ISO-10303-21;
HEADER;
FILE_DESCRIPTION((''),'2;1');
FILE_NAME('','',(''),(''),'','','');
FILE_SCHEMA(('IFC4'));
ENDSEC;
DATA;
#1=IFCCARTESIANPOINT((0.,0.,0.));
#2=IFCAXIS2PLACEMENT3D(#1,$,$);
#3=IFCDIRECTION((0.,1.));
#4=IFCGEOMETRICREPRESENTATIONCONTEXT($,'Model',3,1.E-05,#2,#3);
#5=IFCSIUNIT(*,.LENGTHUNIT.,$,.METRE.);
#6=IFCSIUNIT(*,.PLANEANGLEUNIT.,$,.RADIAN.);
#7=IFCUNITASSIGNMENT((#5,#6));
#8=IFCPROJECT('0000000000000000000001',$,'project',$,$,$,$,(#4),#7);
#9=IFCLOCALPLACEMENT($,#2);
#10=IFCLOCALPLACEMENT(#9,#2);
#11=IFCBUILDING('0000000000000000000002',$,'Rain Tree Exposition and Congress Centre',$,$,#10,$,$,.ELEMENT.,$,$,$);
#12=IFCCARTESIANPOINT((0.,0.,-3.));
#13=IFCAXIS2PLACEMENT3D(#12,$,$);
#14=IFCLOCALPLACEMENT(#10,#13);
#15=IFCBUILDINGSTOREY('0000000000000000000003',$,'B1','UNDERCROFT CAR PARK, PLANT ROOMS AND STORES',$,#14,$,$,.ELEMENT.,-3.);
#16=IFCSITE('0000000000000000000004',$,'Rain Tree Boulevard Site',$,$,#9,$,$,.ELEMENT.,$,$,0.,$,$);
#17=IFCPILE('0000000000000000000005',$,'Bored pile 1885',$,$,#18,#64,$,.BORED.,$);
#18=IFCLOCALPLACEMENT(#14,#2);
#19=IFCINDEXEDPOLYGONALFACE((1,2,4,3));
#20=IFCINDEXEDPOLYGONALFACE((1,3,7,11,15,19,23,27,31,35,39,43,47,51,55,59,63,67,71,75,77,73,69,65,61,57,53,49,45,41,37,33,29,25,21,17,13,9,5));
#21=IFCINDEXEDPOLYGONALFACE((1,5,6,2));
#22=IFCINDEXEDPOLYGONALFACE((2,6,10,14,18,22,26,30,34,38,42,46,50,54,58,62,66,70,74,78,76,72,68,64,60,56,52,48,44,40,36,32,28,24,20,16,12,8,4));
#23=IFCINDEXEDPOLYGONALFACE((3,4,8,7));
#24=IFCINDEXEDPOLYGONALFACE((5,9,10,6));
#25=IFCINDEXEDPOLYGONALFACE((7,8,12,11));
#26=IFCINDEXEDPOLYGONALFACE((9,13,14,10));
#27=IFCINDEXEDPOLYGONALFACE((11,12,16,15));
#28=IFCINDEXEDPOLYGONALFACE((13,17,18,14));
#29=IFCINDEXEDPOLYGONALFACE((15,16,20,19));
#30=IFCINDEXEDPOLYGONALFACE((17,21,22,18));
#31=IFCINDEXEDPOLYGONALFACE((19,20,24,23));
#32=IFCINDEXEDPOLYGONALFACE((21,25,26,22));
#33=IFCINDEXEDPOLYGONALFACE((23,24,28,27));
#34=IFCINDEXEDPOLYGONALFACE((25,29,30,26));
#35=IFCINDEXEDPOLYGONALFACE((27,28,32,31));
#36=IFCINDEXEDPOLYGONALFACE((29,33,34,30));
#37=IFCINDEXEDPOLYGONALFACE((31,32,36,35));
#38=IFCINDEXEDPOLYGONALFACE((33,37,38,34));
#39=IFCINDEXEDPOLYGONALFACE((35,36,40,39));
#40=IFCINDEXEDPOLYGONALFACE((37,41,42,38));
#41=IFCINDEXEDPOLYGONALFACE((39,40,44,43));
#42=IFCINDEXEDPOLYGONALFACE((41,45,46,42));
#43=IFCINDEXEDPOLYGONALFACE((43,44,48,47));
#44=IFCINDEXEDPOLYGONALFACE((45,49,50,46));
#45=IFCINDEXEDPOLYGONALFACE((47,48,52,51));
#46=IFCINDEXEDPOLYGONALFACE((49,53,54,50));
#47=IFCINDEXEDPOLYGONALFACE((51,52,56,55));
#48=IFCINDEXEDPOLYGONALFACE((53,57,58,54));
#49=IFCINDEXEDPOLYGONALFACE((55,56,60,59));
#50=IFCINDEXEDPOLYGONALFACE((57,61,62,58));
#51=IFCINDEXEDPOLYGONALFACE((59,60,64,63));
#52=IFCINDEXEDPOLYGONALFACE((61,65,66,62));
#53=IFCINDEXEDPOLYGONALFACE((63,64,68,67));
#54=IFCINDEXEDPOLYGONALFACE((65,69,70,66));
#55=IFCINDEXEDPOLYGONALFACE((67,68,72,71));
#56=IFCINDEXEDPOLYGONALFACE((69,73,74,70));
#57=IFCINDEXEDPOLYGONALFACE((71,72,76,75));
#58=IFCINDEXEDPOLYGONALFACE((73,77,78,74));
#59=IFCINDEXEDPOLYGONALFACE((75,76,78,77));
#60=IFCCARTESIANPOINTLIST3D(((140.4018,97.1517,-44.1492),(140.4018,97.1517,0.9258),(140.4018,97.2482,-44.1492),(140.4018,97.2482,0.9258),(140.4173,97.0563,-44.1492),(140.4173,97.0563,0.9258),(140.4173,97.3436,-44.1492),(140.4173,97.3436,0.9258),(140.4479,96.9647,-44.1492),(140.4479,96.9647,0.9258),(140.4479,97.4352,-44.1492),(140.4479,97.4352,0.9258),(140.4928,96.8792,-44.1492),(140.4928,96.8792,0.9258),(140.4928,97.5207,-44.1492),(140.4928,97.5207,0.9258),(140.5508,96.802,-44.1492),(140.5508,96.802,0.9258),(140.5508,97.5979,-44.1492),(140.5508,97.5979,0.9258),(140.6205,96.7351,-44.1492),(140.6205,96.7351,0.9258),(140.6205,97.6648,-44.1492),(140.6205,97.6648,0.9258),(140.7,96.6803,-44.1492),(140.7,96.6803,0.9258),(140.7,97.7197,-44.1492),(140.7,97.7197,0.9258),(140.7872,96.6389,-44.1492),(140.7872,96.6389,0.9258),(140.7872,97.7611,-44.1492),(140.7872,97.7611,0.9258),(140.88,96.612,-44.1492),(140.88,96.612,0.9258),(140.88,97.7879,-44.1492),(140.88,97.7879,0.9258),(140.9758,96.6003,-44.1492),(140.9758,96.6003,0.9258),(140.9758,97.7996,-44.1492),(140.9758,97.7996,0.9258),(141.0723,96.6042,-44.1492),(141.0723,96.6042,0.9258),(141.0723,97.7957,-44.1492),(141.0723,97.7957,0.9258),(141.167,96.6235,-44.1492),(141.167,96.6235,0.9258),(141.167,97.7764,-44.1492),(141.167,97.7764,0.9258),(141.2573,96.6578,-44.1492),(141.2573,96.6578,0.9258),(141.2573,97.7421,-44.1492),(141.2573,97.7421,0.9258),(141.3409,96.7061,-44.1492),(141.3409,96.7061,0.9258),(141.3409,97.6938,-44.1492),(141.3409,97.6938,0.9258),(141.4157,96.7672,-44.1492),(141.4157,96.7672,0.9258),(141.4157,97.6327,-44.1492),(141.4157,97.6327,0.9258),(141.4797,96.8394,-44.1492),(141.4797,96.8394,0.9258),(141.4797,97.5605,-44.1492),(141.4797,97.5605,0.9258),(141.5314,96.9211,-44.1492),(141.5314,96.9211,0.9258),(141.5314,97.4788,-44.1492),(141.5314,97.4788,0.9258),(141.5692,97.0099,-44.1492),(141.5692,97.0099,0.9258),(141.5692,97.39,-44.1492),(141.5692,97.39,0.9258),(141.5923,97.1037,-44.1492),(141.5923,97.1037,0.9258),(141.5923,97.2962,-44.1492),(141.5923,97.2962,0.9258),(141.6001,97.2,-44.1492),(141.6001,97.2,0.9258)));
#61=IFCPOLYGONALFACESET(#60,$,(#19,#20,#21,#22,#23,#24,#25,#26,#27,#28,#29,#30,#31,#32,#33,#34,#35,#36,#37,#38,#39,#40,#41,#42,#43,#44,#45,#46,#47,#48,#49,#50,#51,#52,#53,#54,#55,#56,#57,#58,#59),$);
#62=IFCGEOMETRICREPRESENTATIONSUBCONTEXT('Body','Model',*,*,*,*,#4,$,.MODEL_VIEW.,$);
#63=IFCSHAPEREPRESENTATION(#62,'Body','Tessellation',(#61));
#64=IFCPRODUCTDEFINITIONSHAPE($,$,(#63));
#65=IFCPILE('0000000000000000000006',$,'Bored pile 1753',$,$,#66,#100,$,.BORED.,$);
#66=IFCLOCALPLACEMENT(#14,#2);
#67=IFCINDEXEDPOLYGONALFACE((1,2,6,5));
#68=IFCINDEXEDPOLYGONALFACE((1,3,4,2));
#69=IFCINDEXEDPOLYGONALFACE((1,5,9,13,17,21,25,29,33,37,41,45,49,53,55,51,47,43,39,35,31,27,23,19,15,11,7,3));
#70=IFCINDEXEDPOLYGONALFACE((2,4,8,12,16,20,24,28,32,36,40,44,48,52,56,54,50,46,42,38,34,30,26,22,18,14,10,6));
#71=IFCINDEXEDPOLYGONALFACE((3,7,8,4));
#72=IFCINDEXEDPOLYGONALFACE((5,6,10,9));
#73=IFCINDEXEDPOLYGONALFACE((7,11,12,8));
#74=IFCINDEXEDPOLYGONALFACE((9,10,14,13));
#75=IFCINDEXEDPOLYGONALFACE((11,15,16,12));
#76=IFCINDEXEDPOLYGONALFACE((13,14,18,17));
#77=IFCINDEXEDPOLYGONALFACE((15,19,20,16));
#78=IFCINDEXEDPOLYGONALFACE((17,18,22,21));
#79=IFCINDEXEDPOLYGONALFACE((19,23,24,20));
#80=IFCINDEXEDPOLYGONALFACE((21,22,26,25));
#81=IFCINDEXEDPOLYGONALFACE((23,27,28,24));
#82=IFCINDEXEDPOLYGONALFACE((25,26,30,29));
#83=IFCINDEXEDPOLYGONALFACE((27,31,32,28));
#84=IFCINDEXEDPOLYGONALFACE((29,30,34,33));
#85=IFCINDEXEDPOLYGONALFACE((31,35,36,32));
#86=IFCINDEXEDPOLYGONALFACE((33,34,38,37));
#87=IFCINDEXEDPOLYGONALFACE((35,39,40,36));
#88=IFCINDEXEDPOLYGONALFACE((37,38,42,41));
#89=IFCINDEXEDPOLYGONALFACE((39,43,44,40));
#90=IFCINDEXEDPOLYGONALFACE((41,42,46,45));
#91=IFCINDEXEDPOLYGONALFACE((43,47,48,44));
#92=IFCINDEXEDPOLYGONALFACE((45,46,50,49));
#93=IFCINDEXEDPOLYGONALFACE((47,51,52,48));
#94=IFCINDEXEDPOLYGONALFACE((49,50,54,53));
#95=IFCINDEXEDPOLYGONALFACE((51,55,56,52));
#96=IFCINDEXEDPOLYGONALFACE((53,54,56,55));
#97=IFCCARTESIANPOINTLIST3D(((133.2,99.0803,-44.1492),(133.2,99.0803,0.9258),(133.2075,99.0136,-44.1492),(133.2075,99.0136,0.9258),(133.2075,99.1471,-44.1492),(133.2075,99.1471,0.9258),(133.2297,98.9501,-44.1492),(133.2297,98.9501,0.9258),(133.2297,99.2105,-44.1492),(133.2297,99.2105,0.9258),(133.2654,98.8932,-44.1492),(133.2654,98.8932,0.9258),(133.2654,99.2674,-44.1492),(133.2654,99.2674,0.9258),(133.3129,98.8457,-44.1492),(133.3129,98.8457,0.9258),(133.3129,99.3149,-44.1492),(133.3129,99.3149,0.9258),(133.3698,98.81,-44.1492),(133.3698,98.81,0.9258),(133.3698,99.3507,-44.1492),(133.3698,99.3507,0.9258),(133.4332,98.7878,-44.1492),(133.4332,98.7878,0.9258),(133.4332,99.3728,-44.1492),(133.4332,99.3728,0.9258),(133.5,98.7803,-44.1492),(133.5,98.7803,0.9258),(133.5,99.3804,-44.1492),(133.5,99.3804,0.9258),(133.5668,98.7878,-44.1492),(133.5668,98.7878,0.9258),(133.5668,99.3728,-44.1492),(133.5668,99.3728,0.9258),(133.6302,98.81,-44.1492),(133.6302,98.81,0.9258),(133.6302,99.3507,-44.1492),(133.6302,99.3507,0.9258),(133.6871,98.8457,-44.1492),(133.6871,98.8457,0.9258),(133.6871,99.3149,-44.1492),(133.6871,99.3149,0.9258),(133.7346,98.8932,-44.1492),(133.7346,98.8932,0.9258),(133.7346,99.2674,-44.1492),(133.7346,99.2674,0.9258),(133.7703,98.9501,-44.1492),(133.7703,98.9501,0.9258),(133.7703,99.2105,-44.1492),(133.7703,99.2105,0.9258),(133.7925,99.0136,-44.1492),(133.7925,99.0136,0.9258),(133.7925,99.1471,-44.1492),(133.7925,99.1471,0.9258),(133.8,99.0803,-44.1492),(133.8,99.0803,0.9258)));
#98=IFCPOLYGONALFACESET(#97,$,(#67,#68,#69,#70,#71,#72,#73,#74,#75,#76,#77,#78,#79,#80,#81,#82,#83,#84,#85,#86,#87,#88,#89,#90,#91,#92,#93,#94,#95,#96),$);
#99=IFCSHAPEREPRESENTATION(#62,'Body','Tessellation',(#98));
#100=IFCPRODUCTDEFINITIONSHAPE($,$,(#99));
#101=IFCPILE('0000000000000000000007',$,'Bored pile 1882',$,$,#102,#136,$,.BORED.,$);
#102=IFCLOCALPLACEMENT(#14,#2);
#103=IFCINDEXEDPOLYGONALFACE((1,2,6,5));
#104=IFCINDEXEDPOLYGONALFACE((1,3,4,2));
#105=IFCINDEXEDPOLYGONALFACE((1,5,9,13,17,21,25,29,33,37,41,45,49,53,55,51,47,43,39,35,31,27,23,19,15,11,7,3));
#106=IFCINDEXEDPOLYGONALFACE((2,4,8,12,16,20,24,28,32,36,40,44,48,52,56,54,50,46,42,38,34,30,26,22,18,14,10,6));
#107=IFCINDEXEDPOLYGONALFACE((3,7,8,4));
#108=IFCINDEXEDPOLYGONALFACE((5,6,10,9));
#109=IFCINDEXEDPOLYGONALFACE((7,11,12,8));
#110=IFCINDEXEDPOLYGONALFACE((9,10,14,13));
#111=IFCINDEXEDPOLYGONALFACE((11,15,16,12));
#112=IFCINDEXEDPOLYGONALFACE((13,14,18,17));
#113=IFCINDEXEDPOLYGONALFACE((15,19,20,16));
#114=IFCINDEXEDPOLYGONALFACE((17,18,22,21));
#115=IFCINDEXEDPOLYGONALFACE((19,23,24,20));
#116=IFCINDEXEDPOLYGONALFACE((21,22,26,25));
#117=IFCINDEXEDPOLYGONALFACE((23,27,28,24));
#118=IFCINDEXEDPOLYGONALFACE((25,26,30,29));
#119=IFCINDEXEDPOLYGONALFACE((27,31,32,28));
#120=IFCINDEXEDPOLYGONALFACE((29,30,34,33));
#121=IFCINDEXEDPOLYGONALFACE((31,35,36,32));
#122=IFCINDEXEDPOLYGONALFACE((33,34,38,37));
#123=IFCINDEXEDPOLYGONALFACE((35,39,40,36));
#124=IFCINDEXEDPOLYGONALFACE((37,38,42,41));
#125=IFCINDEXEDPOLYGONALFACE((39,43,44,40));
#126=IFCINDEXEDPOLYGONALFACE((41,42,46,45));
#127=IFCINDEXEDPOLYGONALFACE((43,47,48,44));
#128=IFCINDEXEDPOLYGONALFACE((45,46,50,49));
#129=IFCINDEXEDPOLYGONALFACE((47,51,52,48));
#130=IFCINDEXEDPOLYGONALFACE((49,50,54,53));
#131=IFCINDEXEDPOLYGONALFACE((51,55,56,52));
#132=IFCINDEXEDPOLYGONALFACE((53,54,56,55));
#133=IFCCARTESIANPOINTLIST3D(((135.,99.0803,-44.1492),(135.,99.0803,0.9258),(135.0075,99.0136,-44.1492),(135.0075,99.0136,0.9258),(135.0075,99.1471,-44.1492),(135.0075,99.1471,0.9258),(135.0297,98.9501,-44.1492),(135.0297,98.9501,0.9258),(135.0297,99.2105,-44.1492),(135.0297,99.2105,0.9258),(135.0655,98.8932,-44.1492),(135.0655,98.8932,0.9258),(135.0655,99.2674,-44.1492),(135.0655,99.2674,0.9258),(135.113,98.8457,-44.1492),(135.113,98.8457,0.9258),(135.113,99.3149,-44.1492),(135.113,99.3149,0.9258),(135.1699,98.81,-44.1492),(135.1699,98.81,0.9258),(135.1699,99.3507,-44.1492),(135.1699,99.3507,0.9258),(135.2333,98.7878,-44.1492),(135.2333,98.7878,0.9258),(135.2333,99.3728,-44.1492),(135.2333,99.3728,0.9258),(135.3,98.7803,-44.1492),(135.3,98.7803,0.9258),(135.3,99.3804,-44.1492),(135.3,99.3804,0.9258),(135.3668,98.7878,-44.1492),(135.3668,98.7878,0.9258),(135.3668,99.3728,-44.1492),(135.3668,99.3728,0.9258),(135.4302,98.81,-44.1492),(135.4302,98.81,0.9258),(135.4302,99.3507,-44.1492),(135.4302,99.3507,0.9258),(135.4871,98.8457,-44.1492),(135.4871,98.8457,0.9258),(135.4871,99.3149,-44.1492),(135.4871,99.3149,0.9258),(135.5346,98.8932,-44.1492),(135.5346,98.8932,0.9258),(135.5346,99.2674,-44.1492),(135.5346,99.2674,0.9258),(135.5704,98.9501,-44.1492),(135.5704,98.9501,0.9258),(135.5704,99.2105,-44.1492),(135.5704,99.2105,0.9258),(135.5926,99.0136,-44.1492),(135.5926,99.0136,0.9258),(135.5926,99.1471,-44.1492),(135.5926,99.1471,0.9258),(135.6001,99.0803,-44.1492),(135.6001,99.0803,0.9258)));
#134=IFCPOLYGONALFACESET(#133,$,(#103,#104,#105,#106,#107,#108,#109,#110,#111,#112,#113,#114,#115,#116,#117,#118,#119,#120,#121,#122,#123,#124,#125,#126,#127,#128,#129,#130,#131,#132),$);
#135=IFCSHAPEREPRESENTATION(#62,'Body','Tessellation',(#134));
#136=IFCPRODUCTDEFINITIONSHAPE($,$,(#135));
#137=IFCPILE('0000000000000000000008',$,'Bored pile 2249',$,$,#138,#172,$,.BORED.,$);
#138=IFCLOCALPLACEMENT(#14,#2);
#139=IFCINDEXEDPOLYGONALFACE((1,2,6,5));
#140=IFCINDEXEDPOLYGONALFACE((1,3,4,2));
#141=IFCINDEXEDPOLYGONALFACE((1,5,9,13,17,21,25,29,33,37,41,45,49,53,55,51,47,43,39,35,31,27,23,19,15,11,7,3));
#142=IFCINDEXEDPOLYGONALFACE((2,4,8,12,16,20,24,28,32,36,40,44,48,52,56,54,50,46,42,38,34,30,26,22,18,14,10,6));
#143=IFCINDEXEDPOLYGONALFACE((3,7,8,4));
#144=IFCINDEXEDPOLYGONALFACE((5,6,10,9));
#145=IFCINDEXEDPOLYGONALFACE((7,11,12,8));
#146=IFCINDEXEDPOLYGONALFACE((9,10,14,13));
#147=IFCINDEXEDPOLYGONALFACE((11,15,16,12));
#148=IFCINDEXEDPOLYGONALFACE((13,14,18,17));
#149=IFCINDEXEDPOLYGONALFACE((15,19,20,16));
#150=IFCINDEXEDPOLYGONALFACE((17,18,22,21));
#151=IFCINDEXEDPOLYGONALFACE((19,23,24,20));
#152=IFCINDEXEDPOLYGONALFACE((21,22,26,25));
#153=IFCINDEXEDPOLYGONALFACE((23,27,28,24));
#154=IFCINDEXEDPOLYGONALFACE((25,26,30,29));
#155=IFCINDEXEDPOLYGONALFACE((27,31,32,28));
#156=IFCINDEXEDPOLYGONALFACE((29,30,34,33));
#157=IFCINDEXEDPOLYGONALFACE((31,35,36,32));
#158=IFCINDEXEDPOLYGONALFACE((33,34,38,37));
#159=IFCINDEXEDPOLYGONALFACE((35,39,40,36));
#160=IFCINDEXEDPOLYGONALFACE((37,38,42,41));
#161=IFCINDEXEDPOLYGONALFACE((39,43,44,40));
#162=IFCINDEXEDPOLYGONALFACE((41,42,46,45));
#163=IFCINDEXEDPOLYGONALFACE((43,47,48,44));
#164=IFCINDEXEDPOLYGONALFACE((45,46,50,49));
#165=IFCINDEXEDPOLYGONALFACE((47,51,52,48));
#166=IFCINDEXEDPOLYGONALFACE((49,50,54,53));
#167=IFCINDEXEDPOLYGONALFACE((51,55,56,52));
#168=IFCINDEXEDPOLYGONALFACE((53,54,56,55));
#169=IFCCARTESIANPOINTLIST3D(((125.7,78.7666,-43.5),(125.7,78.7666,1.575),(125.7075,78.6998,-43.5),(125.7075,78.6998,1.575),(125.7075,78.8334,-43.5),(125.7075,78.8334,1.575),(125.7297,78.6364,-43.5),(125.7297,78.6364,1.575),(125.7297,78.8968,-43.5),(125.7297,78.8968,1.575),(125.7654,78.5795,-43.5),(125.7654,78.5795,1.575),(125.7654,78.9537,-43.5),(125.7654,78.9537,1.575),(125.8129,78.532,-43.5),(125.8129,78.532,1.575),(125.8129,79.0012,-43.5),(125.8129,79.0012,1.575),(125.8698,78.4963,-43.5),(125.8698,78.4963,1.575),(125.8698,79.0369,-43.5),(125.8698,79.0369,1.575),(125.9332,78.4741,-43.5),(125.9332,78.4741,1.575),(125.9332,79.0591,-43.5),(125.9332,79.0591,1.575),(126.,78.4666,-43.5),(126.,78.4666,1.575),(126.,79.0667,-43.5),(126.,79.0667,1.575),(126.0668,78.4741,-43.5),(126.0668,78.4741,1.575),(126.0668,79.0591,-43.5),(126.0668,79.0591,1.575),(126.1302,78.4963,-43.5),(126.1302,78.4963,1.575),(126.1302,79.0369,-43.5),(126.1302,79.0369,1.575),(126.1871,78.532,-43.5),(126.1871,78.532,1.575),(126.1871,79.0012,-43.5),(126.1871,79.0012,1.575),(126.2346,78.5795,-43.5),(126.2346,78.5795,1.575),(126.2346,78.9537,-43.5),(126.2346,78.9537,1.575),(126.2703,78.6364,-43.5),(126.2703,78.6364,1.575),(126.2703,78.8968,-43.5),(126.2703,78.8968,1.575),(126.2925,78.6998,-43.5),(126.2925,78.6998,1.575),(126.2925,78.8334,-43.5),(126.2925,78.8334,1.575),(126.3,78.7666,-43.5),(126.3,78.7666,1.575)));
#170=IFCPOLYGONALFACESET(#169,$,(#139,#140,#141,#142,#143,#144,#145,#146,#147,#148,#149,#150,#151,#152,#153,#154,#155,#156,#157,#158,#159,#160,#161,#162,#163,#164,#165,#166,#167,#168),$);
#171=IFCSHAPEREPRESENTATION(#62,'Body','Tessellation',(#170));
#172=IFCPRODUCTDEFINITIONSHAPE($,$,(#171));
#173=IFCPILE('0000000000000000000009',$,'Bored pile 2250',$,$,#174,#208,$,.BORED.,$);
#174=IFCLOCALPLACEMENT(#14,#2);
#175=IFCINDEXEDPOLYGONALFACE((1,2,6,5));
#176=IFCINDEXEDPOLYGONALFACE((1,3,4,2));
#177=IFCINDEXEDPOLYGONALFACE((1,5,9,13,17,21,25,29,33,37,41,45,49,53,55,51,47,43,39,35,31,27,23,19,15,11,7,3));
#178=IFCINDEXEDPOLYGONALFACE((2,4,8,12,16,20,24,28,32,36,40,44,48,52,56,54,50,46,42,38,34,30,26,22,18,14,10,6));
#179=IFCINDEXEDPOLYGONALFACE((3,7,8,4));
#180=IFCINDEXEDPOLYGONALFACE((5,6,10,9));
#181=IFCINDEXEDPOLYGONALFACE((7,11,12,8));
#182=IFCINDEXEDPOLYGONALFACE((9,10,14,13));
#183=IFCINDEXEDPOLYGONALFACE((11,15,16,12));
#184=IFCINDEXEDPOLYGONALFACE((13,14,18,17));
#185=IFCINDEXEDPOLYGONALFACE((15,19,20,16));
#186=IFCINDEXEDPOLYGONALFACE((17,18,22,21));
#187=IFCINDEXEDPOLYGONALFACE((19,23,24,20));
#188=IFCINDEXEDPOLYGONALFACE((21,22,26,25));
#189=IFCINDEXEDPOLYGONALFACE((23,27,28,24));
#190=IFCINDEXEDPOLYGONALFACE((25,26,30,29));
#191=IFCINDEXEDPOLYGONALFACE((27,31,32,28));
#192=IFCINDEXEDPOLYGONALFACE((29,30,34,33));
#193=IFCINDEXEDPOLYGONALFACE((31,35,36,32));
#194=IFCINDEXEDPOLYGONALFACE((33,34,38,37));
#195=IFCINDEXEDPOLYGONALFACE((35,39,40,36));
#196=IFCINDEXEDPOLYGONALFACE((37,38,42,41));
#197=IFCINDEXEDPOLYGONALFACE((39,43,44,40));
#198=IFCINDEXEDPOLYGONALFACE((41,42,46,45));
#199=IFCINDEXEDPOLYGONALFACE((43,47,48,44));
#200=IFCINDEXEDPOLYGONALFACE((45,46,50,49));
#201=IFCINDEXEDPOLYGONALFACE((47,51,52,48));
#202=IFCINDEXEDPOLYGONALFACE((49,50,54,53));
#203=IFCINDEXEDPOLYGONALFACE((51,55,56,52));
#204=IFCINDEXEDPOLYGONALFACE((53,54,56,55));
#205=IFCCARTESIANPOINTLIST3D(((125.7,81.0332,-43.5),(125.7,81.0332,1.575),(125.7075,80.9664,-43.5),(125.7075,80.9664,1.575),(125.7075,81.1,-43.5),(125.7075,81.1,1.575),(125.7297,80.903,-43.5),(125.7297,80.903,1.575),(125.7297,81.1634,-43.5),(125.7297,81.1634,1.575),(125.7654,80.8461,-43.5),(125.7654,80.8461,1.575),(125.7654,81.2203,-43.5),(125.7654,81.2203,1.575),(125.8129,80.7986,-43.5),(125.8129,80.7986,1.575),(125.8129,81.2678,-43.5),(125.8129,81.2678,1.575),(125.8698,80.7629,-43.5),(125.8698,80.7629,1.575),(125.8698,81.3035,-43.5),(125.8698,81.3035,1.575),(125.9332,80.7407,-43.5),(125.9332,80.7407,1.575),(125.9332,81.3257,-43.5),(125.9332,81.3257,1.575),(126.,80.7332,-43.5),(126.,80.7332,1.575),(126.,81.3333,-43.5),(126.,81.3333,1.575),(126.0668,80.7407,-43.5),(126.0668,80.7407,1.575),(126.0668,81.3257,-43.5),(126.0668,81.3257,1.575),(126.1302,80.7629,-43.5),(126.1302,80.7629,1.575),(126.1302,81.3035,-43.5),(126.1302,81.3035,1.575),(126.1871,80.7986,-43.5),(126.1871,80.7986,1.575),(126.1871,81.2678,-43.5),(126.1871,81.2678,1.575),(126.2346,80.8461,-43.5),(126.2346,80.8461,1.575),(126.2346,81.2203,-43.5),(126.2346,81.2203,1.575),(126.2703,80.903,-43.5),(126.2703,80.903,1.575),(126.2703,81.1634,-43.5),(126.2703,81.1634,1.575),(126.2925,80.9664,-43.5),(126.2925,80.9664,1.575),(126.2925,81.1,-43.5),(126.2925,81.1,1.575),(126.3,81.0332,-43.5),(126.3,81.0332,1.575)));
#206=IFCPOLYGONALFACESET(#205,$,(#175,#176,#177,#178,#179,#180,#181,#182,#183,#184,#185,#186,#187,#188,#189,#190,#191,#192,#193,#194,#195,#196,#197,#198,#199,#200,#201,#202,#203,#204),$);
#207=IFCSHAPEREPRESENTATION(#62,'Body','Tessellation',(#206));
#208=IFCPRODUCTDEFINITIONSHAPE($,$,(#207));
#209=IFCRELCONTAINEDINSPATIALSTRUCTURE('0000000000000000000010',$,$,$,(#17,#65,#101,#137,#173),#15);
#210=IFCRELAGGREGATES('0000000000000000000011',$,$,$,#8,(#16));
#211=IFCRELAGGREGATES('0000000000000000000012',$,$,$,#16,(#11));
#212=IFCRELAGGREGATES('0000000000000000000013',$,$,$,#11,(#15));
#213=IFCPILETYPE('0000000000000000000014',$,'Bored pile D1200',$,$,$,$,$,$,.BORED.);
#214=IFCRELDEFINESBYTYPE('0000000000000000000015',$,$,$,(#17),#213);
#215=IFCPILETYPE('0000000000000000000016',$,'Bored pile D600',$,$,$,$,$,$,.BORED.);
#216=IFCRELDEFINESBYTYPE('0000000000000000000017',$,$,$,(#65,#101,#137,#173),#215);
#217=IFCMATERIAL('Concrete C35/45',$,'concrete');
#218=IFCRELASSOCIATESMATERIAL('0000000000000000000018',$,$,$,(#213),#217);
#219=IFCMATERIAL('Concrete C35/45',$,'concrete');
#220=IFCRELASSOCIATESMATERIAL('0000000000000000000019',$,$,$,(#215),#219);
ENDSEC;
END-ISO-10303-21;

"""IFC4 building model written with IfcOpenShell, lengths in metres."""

from ifc_helpers import new_model, si_unit, direction, frame, origin, origin_2d, place, context, subcontext, project, spatial, circle, extrude, material, material_profile, profile_set, type_object, element, save


model = new_model("IFC4")

# Units and contexts
model_context = context("Model", 3, precision=1e-05, world=origin(), true_north=direction((0.0, 1.0)))
body_context = subcontext(model_context, "Body", "Model", "MODEL_VIEW")
ifc_project = project(units=[si_unit("LENGTHUNIT", "METRE"), si_unit("PLANEANGLEUNIT", "RADIAN")], contexts=[model_context])

# Site, building, storey
site_placement = place(None, origin())
site = spatial("IfcSite", under=ifc_project, at=site_placement, Name="Rain Tree Boulevard Site", CompositionType="ELEMENT", RefElevation=0.0)
building_placement = place(site_placement, origin())
building = spatial("IfcBuilding", under=site, at=building_placement, Name="Rain Tree Exposition and Congress Centre", CompositionType="ELEMENT")
storey_placement = place(building_placement, frame((0.0, 0.0, -3.0)))
storey = spatial("IfcBuildingStorey", under=building, at=storey_placement, Name="B1", Description="UNDERCROFT CAR PARK, PLANT ROOMS AND STORES", CompositionType="ELEMENT", Elevation=-3.0)

# Piles
ifc_material_1 = material(Name="Concrete C35/45", Category="concrete")
ifc_material_profile_1 = material_profile(ifc_material_1, circle(Radius=0.6001, at=origin_2d()), Name="D1200")
ifc_profile_set_1 = profile_set([ifc_material_profile_1], Name="Concrete C35/45")
pile_type_1 = type_object("IfcPileType", Name="Bored pile D1200", PredefinedType="BORED", material=ifc_profile_set_1)
for number, where, z_axis, x_axis, name in (
    (1, (141.0, 97.2, 0.9258), (0.0, 0.0, -1.0), (1.0, 0.0, 0.0), "Bored pile 1885"),
):
    element("IfcPile", number, at=place(storey_placement, frame(where, z_axis=z_axis, x_axis=x_axis)), inside=storey, type_object=pile_type_1, Name=name, PredefinedType="BORED", context=body_context, shape_type="SweptSolid", body=[
        extrude(circle(Radius=0.6001, at=origin_2d()), origin(), (0.0, 0.0, 1.0), 45.075),
    ])
ifc_material_2 = material(Name="Concrete C35/45", Category="concrete")
ifc_material_profile_2 = material_profile(ifc_material_2, circle(Radius=0.3, at=origin_2d()), Name="D600")
ifc_profile_set_2 = profile_set([ifc_material_profile_2], Name="Concrete C35/45")
pile_type_2 = type_object("IfcPileType", Name="Bored pile D600", PredefinedType="BORED", material=ifc_profile_set_2)
for number, where, z_axis, x_axis, name in (
    (2, (133.5, 99.0803, 0.9258), (0.0, 0.0, -1.0), (1.0, 0.0, 0.0), "Bored pile 1753"),
    (3, (135.3, 99.0803, 0.9258), (0.0, 0.0, -1.0), (1.0, 0.0, 0.0), "Bored pile 1882"),
    (4, (126.0, 78.7666, 1.575), (0.0, 0.0, -1.0), (1.0, 0.0, 0.0), "Bored pile 2249"),
    (5, (126.0, 81.0332, 1.575), (0.0, 0.0, -1.0), (1.0, 0.0, 0.0), "Bored pile 2250"),
):
    element("IfcPile", number, at=place(storey_placement, frame(where, z_axis=z_axis, x_axis=x_axis)), inside=storey, type_object=pile_type_2, Name=name, PredefinedType="BORED", context=body_context, shape_type="SweptSolid", body=[
        extrude(circle(Radius=0.3, at=origin_2d()), origin(), (0.0, 0.0, 1.0), 45.075),
    ])

save(model, "model.ifc")
